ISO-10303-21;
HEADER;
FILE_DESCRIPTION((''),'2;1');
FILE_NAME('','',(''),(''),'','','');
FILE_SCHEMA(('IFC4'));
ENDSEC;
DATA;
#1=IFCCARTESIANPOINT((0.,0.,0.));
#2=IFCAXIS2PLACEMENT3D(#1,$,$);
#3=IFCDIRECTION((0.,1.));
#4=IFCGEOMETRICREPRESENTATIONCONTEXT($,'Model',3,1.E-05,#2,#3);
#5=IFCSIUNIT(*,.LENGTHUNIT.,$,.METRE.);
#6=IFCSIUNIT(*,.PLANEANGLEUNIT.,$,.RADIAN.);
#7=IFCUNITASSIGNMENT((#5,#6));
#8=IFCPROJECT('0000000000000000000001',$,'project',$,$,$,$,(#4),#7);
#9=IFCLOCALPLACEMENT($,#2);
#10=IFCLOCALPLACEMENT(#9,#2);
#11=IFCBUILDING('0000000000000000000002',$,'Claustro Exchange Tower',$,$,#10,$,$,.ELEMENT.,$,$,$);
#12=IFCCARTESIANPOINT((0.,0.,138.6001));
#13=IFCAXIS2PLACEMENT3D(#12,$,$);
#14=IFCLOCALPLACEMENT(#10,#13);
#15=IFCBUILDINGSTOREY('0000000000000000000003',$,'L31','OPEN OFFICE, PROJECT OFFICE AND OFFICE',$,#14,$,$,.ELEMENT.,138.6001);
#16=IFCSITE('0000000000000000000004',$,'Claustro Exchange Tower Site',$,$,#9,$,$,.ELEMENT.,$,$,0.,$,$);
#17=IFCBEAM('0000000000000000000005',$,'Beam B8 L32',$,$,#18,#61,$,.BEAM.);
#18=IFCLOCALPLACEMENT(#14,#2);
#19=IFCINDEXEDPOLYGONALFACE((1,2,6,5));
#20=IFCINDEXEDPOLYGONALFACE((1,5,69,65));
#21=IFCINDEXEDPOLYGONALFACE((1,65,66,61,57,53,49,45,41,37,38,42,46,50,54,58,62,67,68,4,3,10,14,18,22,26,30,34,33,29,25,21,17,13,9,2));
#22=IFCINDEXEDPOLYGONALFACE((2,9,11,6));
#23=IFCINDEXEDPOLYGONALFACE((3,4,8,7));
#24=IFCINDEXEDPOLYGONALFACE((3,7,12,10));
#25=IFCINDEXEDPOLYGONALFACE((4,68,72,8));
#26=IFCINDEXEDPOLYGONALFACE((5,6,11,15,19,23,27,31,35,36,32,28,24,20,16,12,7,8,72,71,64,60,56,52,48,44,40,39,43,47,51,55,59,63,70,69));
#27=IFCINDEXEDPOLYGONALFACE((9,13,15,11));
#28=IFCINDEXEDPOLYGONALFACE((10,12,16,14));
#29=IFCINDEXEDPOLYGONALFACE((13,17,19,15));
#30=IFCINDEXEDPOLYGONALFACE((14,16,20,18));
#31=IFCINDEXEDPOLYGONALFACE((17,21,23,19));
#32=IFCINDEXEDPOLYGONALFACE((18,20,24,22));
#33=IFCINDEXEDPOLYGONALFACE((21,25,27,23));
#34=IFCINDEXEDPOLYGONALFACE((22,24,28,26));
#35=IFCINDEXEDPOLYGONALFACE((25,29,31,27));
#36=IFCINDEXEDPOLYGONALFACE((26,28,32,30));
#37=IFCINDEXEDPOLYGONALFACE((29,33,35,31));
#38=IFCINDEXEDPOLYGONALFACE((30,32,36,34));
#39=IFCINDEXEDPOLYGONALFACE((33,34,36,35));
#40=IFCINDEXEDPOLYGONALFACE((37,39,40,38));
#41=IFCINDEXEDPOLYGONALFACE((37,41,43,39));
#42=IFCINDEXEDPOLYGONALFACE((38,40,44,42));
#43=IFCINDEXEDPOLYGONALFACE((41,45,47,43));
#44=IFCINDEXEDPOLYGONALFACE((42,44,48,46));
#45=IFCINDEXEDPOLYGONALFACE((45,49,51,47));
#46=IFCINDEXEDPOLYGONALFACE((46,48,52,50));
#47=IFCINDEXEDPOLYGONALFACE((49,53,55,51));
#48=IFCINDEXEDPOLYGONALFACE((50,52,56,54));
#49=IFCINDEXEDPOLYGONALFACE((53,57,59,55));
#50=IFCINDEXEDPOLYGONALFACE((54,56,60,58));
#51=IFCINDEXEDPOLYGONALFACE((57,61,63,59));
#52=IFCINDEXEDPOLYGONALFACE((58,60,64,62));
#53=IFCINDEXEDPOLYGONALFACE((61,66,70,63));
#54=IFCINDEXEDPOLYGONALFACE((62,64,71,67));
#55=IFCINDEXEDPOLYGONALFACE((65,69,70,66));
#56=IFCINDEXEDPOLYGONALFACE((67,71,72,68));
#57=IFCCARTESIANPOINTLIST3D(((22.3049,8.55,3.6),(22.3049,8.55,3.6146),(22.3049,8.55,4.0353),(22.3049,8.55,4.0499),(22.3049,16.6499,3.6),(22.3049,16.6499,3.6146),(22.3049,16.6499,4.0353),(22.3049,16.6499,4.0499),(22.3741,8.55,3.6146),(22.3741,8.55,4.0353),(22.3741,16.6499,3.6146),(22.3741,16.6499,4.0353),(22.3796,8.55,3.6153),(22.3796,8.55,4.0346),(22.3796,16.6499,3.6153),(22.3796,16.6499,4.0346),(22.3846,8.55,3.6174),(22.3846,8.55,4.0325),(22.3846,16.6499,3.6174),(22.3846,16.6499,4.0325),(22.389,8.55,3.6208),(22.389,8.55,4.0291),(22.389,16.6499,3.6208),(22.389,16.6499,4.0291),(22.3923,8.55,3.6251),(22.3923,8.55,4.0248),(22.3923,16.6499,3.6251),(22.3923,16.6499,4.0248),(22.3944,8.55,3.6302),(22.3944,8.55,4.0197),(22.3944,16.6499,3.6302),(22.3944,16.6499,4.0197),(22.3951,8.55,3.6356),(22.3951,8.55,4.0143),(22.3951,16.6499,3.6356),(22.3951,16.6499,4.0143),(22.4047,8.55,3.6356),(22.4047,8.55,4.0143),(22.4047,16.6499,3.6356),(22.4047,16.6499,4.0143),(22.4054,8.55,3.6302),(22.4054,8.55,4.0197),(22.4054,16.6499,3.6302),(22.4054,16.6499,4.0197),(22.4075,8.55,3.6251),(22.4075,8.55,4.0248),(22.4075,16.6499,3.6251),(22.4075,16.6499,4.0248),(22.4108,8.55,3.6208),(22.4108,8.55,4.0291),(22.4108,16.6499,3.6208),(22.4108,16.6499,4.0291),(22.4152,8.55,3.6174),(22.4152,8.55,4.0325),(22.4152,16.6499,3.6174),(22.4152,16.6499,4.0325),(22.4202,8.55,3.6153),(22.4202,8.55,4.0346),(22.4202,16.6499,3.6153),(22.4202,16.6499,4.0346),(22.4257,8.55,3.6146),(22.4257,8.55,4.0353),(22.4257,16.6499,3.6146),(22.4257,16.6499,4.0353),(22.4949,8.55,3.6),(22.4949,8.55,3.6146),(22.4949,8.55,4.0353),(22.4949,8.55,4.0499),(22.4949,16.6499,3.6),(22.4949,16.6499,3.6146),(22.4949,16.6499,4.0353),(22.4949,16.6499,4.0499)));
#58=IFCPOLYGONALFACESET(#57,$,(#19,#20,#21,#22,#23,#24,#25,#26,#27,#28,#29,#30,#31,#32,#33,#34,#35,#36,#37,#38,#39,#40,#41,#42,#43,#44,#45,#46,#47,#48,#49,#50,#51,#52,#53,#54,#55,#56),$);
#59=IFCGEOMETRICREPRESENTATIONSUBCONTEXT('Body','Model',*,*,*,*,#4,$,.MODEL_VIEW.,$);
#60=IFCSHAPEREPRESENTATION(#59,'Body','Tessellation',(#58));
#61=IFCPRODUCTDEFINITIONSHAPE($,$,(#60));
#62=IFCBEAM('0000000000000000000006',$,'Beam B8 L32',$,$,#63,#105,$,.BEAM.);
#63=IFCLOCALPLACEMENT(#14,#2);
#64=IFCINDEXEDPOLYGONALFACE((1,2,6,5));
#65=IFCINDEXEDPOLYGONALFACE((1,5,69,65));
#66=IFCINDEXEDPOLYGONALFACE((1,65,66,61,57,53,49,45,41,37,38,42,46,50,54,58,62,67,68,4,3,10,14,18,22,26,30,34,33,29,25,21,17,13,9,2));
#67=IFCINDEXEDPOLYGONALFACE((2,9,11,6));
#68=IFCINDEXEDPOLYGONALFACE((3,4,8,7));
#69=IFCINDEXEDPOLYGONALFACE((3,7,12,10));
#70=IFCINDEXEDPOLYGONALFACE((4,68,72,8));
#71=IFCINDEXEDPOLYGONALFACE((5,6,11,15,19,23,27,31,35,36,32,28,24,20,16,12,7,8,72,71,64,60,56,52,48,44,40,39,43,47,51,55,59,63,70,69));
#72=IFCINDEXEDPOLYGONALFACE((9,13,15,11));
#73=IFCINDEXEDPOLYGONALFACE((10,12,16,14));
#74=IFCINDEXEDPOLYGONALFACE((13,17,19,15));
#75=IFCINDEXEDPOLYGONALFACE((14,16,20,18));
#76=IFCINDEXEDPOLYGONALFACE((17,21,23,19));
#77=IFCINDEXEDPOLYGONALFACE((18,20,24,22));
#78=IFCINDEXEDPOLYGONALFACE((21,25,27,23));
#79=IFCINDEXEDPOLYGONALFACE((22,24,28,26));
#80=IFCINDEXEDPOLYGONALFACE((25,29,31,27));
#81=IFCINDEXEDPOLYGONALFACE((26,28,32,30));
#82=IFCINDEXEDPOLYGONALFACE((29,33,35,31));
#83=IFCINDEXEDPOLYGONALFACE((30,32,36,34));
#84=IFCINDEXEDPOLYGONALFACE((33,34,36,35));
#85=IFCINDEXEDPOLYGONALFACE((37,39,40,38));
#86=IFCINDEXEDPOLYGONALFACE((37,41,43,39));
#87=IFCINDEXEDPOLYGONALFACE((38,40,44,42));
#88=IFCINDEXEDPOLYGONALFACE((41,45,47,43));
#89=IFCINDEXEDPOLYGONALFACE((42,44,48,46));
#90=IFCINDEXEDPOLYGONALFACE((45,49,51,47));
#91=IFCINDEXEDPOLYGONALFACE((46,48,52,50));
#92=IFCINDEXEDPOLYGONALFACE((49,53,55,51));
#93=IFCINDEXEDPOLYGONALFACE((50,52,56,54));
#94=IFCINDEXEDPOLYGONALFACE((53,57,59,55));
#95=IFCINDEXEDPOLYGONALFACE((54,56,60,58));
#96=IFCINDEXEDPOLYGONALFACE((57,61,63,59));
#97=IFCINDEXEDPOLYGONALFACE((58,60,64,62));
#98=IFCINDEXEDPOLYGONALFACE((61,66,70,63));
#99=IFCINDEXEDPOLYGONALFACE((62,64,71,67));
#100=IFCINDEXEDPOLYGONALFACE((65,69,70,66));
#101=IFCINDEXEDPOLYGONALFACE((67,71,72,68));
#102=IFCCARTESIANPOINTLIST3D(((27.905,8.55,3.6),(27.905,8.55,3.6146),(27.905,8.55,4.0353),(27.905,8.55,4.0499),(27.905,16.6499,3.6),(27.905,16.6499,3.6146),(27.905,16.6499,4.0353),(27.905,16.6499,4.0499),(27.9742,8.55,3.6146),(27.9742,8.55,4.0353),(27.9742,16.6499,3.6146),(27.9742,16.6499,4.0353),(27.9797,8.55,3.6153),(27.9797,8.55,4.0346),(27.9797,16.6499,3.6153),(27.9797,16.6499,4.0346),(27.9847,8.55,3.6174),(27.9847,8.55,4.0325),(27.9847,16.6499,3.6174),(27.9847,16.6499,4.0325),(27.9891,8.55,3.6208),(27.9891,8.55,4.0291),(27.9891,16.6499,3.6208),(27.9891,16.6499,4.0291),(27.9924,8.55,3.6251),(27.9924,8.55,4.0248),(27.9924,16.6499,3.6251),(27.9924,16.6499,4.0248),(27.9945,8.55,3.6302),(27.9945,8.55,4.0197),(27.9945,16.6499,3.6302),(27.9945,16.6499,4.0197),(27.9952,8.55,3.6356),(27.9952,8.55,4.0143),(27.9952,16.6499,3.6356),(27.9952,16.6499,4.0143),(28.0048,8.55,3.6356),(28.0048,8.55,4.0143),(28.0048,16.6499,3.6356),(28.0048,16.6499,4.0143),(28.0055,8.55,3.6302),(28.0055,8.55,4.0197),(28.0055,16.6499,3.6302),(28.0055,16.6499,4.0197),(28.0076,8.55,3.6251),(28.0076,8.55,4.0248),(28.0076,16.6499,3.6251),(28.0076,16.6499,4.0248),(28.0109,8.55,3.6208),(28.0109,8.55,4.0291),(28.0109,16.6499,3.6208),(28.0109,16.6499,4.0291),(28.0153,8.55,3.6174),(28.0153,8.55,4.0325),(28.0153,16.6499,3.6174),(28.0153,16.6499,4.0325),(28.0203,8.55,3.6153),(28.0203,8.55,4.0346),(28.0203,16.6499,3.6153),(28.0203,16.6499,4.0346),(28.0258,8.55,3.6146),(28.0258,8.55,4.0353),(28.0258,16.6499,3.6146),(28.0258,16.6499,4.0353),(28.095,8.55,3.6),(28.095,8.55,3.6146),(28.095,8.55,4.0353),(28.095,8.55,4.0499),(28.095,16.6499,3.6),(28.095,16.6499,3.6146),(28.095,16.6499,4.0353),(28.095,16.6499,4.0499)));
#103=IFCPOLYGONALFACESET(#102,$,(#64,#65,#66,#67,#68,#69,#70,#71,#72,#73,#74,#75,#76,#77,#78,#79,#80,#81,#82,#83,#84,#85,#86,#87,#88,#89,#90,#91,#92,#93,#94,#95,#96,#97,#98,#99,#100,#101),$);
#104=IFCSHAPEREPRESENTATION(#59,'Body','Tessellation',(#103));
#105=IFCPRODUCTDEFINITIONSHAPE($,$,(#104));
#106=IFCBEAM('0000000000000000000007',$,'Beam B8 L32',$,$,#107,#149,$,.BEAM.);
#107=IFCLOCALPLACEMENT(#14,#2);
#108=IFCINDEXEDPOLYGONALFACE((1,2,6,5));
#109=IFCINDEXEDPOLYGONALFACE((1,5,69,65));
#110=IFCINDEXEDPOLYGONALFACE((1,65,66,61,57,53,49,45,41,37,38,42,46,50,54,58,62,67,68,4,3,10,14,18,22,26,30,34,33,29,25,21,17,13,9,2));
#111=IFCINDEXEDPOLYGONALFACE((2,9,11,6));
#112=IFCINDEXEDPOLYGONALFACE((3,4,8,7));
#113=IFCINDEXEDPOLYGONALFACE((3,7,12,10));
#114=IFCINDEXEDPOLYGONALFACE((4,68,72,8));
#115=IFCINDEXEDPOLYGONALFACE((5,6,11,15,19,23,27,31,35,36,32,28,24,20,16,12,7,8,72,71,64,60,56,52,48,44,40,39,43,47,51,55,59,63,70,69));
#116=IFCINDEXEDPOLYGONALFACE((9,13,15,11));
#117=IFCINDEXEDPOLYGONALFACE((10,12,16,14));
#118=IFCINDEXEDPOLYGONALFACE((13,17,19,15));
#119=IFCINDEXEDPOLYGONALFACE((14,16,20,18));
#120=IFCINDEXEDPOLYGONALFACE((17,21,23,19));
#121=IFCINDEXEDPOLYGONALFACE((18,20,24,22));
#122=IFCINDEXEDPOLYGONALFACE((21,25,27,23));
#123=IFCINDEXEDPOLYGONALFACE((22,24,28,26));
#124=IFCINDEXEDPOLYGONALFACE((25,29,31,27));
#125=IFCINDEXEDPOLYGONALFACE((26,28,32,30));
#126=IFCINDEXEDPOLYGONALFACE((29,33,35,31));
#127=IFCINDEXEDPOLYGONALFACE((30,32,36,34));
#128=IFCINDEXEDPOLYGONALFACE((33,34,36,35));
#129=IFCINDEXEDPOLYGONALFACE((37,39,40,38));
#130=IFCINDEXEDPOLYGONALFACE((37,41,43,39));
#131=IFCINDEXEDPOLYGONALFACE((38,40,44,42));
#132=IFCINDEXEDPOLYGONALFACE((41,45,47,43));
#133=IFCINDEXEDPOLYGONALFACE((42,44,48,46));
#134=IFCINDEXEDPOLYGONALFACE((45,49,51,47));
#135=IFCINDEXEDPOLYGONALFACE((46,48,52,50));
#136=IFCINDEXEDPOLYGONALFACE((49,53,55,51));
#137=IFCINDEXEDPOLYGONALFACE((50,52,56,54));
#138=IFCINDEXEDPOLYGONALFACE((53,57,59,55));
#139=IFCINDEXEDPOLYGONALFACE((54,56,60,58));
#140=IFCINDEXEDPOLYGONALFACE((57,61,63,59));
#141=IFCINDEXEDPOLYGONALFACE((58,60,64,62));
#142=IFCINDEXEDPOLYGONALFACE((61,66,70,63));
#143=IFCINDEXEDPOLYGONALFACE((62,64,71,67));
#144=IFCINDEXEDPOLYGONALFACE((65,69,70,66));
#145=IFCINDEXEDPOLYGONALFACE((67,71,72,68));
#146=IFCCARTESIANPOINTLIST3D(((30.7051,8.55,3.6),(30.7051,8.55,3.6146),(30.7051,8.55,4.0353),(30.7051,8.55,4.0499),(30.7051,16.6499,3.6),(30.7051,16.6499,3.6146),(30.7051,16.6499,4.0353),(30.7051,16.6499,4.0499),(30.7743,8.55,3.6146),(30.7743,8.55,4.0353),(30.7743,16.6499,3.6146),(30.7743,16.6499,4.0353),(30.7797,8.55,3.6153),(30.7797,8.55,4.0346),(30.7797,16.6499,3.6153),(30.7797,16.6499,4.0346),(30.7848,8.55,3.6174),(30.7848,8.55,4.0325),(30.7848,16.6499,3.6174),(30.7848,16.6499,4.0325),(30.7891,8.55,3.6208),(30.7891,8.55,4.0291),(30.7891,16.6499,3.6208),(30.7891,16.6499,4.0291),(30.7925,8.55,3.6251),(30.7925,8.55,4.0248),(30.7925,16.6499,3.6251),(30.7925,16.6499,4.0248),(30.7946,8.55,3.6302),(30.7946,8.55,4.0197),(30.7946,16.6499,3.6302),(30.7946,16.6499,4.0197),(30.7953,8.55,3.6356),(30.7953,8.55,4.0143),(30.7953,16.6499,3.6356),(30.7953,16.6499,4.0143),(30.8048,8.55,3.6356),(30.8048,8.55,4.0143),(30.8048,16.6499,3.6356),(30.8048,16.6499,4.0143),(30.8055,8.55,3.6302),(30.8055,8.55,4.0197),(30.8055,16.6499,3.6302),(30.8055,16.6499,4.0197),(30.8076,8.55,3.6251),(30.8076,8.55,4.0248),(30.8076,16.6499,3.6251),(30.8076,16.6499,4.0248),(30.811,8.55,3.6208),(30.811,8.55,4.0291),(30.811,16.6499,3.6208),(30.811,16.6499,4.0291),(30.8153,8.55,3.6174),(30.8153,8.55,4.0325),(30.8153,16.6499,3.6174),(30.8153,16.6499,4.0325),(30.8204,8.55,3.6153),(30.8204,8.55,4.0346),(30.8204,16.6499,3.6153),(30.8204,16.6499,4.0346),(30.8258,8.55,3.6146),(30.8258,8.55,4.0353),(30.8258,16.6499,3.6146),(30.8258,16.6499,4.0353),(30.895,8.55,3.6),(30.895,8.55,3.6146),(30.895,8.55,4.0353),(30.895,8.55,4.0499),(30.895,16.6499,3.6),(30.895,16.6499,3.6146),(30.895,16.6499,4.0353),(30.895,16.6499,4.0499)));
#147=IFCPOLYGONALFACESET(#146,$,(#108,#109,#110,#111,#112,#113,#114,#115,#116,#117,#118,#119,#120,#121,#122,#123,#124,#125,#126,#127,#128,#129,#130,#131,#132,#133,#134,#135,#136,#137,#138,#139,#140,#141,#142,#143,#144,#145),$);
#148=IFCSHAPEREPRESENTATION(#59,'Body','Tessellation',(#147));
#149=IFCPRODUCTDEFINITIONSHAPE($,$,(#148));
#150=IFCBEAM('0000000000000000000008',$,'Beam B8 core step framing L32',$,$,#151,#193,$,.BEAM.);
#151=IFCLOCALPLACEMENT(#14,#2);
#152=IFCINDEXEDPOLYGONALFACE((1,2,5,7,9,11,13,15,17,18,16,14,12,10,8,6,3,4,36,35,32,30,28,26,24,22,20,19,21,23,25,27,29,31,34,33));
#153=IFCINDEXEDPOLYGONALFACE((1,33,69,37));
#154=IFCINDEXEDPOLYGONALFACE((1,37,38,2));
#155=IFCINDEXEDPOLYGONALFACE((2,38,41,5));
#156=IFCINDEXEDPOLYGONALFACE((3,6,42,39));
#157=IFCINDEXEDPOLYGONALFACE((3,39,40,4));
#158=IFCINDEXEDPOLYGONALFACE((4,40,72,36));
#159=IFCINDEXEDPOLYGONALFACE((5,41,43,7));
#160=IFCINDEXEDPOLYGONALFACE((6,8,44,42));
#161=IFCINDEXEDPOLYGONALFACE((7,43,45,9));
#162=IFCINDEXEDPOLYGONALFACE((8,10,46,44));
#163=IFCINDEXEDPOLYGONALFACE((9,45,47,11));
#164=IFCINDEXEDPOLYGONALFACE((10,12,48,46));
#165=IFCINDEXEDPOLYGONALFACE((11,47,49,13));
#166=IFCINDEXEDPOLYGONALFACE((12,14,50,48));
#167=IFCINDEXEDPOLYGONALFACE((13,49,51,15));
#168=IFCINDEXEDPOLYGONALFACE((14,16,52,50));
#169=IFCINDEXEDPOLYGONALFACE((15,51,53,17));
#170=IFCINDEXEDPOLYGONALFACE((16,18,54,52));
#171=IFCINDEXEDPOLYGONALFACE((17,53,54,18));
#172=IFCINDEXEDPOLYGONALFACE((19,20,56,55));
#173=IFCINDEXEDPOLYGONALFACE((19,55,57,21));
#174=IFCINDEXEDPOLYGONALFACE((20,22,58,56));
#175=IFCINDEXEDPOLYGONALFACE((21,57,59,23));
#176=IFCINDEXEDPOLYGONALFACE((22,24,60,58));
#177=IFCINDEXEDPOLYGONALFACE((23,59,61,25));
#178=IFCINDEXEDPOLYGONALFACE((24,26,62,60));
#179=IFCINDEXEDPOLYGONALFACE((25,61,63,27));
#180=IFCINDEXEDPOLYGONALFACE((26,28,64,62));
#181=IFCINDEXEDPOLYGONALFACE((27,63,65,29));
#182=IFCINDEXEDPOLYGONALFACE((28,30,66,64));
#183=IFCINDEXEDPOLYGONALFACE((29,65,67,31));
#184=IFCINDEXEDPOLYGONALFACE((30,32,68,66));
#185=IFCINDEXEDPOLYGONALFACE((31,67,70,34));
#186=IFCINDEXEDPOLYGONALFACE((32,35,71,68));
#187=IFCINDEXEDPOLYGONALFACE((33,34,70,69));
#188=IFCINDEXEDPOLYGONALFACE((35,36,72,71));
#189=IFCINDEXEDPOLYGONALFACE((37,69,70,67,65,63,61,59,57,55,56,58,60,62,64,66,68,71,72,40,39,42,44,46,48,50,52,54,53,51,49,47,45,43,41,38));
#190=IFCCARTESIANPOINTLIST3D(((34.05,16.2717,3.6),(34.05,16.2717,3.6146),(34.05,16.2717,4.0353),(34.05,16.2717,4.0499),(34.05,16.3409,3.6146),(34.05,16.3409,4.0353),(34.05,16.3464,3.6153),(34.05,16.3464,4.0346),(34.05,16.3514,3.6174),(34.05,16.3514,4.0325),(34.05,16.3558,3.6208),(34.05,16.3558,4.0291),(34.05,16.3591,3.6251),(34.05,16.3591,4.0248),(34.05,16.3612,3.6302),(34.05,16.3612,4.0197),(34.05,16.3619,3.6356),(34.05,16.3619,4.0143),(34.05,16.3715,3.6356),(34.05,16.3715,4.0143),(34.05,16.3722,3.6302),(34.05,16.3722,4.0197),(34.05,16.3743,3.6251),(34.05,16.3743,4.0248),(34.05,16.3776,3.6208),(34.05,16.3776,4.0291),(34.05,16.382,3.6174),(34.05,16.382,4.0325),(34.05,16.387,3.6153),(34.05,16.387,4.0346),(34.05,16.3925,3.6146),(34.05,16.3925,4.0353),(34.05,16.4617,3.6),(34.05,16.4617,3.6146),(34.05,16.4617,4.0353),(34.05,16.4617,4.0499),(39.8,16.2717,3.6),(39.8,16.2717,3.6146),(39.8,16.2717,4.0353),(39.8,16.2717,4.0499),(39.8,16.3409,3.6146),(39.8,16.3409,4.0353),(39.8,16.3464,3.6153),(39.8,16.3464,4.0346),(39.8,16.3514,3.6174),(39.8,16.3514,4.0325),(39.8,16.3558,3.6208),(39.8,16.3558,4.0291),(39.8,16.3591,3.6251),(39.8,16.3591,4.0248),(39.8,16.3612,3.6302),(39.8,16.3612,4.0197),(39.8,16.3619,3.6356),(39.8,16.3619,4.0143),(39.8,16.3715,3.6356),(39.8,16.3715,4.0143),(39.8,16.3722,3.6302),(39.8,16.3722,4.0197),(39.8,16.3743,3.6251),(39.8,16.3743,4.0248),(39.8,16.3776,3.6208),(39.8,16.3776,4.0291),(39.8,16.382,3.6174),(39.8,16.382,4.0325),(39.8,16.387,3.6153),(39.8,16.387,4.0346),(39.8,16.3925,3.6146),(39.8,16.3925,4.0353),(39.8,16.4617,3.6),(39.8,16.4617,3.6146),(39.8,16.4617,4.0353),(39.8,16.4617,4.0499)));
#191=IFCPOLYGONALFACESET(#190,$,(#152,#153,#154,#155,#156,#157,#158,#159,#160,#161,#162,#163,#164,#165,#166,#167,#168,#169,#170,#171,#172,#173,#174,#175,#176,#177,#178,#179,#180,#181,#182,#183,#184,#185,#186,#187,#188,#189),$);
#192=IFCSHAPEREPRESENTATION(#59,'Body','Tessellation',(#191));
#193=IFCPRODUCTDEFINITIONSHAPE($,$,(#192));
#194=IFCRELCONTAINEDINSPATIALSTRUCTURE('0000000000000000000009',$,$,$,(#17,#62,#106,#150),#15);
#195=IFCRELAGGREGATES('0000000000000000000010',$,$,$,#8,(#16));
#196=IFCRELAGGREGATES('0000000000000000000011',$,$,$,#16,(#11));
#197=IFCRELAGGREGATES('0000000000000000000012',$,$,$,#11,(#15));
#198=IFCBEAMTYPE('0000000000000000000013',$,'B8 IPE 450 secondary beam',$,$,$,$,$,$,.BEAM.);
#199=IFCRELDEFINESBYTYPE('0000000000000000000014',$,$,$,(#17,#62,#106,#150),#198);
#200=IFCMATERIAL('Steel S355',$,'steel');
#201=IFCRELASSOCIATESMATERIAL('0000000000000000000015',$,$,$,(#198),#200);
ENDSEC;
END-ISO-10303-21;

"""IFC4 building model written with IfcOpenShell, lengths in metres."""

from ifc_helpers import new_model, si_unit, direction, frame, origin, origin_2d, place, context, subcontext, project, spatial, i_section, extrude, material, material_profile, profile_set, type_object, element, save


model = new_model("IFC4")

# Units and contexts
model_context = context("Model", 3, precision=1e-05, world=origin(), true_north=direction((0.0, 1.0)))
body_context = subcontext(model_context, "Body", "Model", "MODEL_VIEW")
ifc_project = project(units=[si_unit("LENGTHUNIT", "METRE"), si_unit("PLANEANGLEUNIT", "RADIAN")], contexts=[model_context])

# Site, building, storey
site_placement = place(None, origin())
site = spatial("IfcSite", under=ifc_project, at=site_placement, Name="Claustro Exchange Tower Site", CompositionType="ELEMENT", RefElevation=0.0)
building_placement = place(site_placement, origin())
building = spatial("IfcBuilding", under=site, at=building_placement, Name="Claustro Exchange Tower", CompositionType="ELEMENT")
storey_placement = place(building_placement, frame((0.0, 0.0, 138.6001)))
storey = spatial("IfcBuildingStorey", under=building, at=storey_placement, Name="L31", Description="OPEN OFFICE, PROJECT OFFICE AND OFFICE", CompositionType="ELEMENT", Elevation=138.6001)

# Beams
ifc_material_1 = material(Name="Steel S355", Category="steel")
ifc_material_profile_1 = material_profile(ifc_material_1, i_section(OverallWidth=0.1899, OverallDepth=0.45, WebThickness=0.0095, FlangeThickness=0.0146, FilletRadius=0.021, at=origin_2d()), Name="IPE 450")
ifc_profile_set_1 = profile_set([ifc_material_profile_1], Name="Steel S355")
beam_type_1 = type_object("IfcBeamType", Name="B8 IPE 450 secondary beam", PredefinedType="BEAM", material=ifc_profile_set_1)
for number, where, z_axis, x_axis, name in (
    (1, (22.3999, 8.55, 3.825), (0.0, 1.0, 0.0), (-1.0, 0.0, 0.0), "Beam B8 L32"),
    (2, (28.0, 8.55, 3.825), (0.0, 1.0, 0.0), (-1.0, 0.0, 0.0), "Beam B8 L32"),
    (3, (30.8, 8.55, 3.825), (0.0, 1.0, 0.0), (-1.0, 0.0, 0.0), "Beam B8 L32"),
):
    element("IfcBeam", number, at=place(storey_placement, frame(where, z_axis=z_axis, x_axis=x_axis)), inside=storey, type_object=beam_type_1, Name=name, PredefinedType="BEAM", context=body_context, shape_type="SweptSolid", body=[
        extrude(i_section(OverallWidth=0.1899, OverallDepth=0.45, WebThickness=0.0095, FlangeThickness=0.0146, FilletRadius=0.021, at=origin_2d()), origin(), (0.0, 0.0, 1.0), 8.0999),
    ])
for number, where, z_axis, x_axis, name in (
    (4, (34.05, 16.3667, 3.825), (1.0, 0.0, 0.0), (0.0, 1.0, 0.0), "Beam B8 core step framing L32"),
):
    element("IfcBeam", number, at=place(storey_placement, frame(where, z_axis=z_axis, x_axis=x_axis)), inside=storey, type_object=beam_type_1, Name=name, PredefinedType="BEAM", context=body_context, shape_type="SweptSolid", body=[
        extrude(i_section(OverallWidth=0.1899, OverallDepth=0.45, WebThickness=0.0095, FlangeThickness=0.0146, FilletRadius=0.021, at=origin_2d()), origin(), (0.0, 0.0, 1.0), 5.75),
    ])

save(model, "model.ifc")
